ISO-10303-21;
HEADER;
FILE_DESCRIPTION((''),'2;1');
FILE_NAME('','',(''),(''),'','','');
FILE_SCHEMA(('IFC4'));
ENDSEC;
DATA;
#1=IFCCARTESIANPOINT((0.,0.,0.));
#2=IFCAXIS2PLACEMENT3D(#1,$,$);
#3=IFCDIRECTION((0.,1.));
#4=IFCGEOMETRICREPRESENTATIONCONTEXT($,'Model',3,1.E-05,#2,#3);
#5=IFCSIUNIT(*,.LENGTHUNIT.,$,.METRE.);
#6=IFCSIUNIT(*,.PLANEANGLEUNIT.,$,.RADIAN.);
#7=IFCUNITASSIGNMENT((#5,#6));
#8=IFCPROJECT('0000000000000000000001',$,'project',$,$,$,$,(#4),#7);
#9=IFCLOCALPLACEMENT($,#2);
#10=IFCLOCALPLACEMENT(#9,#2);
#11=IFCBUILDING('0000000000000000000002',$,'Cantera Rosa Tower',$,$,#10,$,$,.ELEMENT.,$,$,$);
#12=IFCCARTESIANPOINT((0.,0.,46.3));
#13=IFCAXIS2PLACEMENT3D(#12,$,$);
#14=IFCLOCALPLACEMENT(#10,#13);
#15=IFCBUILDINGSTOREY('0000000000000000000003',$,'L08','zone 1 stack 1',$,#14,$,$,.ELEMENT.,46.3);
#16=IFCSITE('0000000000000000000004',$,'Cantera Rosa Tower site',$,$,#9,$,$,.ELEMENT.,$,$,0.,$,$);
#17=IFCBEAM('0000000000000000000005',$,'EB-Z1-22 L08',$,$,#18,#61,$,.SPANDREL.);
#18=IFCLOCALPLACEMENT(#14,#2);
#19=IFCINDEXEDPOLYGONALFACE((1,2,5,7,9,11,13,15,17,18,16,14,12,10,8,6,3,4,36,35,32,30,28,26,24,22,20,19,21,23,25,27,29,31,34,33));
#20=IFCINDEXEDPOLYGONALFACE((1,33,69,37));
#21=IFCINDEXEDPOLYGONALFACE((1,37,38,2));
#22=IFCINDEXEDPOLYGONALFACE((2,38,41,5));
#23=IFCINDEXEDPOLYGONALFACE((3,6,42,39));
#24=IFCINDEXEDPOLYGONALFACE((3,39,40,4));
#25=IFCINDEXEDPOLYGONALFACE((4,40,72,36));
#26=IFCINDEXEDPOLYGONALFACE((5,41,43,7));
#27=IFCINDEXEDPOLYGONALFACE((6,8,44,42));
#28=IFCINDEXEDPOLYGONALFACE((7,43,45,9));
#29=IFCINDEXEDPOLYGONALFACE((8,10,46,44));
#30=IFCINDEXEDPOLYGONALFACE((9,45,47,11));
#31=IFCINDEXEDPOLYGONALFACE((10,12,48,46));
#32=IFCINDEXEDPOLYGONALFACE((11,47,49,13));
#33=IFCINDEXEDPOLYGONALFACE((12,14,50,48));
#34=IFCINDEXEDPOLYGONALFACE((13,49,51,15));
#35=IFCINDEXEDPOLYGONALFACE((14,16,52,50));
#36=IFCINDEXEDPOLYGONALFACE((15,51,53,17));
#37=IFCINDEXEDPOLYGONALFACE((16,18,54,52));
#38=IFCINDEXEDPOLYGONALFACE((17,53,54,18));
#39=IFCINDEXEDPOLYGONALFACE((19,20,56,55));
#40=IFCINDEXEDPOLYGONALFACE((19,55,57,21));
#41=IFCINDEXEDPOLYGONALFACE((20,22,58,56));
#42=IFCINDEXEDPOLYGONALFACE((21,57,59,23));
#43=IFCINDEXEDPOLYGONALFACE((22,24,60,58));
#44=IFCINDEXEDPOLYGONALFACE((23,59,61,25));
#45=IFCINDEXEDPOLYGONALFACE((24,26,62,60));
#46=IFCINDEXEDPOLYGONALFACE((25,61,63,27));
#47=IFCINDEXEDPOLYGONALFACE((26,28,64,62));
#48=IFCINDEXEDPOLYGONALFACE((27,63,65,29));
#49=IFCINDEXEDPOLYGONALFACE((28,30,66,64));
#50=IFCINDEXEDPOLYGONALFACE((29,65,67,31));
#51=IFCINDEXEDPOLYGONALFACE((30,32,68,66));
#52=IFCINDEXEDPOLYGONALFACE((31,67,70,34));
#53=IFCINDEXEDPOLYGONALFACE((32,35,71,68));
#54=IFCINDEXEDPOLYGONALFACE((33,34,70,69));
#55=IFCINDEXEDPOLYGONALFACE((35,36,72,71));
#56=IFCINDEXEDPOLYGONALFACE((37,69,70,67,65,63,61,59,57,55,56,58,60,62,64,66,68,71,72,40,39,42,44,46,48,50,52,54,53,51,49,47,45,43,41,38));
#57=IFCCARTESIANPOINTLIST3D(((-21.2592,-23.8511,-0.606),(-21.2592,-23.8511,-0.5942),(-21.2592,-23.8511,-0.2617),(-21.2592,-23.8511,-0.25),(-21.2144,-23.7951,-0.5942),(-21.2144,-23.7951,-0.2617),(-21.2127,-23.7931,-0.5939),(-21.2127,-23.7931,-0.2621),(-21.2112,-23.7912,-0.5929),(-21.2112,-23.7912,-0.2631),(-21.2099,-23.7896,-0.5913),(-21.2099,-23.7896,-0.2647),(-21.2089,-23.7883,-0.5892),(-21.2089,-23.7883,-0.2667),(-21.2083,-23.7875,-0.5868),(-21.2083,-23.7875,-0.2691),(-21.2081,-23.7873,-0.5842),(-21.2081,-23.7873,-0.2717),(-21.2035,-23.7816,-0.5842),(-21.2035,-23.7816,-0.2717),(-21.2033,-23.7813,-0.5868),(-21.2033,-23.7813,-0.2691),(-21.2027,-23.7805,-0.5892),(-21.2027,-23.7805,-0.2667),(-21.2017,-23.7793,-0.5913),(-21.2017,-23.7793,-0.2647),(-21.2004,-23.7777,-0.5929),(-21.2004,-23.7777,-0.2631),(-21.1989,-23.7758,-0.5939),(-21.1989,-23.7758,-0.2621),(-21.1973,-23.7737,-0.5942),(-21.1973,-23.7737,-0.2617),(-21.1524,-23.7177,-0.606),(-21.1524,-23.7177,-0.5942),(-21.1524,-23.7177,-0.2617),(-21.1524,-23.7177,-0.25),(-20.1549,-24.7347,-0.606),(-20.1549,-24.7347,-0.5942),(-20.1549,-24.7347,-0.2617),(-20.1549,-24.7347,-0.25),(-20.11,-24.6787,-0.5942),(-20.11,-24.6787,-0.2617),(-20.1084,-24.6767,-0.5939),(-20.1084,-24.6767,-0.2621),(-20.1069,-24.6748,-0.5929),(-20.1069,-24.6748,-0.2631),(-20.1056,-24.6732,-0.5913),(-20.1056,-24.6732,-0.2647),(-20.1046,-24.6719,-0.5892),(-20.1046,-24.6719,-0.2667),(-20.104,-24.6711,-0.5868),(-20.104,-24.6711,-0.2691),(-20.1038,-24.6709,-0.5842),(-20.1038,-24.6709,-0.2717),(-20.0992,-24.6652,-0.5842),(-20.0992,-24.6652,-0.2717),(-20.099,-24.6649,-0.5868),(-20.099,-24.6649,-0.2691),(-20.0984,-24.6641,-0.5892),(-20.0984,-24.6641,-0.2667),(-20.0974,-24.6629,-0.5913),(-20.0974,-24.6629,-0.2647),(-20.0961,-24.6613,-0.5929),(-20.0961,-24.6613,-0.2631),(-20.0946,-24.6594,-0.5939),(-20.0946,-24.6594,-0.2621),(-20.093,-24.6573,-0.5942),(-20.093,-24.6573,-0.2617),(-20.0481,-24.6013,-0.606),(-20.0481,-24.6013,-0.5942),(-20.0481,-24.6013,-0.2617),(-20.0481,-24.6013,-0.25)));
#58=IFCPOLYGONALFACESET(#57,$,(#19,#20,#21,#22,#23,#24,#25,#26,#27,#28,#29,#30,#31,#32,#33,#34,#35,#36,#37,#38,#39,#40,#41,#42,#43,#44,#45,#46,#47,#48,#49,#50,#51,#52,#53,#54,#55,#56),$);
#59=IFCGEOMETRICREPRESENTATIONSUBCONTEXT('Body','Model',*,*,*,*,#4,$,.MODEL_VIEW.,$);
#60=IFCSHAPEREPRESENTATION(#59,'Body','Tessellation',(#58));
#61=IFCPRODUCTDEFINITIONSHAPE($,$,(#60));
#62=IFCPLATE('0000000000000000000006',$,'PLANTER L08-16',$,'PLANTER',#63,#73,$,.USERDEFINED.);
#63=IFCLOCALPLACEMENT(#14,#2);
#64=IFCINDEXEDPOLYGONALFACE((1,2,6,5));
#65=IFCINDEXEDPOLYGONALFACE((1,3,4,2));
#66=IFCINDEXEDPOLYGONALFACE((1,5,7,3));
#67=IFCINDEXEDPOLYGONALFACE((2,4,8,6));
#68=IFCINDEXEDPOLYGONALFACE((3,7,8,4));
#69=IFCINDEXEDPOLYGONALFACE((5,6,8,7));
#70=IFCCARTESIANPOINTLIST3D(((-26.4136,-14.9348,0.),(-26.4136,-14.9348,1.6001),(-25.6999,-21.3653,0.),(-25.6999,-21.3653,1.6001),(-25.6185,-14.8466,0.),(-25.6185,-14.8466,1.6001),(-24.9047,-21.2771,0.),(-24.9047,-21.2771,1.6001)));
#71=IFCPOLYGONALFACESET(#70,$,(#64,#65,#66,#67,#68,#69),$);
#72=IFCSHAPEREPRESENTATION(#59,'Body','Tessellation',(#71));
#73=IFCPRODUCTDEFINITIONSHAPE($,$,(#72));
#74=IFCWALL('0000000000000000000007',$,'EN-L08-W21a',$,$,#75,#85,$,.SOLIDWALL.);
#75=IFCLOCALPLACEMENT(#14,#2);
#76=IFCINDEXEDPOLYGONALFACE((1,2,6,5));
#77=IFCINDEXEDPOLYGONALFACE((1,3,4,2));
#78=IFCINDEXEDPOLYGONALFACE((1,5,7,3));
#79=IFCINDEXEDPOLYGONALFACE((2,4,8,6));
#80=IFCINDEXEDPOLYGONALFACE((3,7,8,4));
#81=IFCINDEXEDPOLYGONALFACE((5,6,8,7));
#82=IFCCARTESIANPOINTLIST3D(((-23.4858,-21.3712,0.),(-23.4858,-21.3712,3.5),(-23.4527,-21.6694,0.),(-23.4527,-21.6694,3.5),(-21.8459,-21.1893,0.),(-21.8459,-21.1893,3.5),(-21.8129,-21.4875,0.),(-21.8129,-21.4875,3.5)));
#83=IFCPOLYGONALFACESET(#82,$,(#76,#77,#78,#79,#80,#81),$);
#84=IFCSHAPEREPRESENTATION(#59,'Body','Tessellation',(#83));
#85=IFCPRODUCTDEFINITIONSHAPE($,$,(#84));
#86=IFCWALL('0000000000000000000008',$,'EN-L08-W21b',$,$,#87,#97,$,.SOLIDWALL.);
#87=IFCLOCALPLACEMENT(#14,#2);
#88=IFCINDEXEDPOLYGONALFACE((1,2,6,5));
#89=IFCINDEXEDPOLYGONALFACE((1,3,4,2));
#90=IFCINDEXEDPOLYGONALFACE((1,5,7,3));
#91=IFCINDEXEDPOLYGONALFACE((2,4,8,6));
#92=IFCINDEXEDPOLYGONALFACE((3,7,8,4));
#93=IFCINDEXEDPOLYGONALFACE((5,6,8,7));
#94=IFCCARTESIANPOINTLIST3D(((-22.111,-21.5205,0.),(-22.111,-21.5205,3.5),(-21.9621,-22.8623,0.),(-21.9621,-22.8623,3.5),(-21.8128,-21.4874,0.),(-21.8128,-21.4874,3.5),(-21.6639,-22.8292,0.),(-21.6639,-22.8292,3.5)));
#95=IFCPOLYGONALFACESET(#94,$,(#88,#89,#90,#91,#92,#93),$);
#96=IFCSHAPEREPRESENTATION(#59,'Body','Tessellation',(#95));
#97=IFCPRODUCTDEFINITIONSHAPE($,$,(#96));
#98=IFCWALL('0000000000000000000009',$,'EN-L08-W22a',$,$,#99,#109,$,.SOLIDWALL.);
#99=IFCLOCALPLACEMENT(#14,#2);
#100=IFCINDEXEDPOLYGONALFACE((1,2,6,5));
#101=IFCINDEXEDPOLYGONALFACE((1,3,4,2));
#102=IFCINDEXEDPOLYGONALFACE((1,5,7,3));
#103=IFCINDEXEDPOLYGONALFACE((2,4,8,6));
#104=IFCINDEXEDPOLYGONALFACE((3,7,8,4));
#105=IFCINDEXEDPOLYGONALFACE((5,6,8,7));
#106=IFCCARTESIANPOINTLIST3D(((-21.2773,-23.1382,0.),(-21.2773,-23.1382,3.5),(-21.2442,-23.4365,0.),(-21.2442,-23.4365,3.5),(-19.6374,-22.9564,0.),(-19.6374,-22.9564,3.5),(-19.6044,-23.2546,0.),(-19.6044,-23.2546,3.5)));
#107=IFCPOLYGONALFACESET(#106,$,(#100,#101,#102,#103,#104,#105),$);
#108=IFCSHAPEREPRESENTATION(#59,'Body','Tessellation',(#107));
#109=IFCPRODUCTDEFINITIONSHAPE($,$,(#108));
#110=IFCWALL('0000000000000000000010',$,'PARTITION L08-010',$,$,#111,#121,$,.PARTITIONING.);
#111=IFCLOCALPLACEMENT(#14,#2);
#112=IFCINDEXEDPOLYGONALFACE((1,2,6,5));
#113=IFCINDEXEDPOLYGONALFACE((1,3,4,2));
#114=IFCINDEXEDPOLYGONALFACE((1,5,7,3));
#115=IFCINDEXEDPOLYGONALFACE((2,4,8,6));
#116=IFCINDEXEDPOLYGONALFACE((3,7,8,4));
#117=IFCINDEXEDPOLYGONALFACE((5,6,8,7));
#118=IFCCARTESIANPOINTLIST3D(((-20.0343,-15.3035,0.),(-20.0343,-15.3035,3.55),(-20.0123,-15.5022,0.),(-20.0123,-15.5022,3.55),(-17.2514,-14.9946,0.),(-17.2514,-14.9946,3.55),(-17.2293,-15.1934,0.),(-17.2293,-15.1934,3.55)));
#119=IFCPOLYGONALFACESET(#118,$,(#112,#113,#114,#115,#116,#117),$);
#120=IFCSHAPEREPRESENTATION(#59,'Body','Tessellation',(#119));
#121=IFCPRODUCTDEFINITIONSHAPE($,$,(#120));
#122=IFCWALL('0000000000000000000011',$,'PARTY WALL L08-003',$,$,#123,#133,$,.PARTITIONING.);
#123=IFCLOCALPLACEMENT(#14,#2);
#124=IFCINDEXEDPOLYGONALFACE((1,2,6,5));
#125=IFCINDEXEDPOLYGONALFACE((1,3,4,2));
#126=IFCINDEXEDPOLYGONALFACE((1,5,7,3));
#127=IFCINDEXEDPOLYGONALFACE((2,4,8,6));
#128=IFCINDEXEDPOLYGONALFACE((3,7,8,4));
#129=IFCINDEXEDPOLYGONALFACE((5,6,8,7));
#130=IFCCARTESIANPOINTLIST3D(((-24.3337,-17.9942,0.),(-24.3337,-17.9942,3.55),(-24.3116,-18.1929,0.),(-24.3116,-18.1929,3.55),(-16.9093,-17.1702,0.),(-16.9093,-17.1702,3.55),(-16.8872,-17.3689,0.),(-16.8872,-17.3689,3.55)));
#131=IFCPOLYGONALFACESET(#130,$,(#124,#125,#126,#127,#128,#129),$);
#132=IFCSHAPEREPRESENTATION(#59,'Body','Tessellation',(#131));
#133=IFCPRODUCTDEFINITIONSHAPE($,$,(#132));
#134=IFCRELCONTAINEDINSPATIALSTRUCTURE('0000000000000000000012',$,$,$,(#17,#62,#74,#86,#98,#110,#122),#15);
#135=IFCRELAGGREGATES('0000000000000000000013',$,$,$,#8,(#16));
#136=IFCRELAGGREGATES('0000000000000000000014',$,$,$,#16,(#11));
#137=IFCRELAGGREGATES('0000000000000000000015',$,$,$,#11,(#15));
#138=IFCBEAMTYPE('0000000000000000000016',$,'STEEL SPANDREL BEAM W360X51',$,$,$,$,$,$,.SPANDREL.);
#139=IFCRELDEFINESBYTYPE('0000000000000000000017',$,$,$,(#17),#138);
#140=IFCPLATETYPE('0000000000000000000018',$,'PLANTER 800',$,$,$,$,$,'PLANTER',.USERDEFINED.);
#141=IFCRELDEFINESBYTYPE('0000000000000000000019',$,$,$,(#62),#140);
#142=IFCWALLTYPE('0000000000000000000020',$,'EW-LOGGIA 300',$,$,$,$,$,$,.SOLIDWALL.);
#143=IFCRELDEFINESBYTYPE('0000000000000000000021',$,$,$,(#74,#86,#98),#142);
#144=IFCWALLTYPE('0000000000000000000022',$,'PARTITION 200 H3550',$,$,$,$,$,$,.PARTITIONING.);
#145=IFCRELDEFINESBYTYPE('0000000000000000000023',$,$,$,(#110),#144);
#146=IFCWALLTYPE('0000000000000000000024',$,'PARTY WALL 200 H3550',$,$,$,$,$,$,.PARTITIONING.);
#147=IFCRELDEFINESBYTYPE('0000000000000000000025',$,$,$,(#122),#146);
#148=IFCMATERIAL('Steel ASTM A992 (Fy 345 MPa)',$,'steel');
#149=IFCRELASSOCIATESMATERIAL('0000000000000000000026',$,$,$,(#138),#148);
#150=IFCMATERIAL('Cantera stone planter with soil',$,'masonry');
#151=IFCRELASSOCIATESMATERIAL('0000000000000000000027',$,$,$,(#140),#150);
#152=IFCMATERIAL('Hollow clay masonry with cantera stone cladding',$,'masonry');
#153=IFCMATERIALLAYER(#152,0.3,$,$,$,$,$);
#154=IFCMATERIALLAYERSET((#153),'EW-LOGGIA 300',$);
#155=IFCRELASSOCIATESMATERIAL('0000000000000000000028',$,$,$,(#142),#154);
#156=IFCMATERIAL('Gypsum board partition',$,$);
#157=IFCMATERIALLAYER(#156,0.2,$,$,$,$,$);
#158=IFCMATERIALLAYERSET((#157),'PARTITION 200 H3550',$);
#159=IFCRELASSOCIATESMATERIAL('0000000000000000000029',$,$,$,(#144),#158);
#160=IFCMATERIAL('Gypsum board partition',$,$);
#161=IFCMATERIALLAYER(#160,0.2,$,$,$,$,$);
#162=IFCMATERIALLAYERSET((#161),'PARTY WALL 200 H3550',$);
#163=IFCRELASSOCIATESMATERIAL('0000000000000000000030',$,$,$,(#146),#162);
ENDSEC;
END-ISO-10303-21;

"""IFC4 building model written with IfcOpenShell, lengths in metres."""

from ifc_helpers import new_model, si_unit, direction, frame, frame_2d, origin, origin_2d, place, context, subcontext, project, spatial, rectangle, i_section, extrude, material, layer, layer_set, material_profile, profile_set, type_object, element, save


model = new_model("IFC4")

# Units and contexts
model_context = context("Model", 3, precision=1e-05, world=origin(), true_north=direction((0.0, 1.0)))
body_context = subcontext(model_context, "Body", "Model", "MODEL_VIEW")
ifc_project = project(units=[si_unit("LENGTHUNIT", "METRE"), si_unit("PLANEANGLEUNIT", "RADIAN")], contexts=[model_context])

# Site, building, storey
site_placement = place(None, origin())
site = spatial("IfcSite", under=ifc_project, at=site_placement, Name="Cantera Rosa Tower site", CompositionType="ELEMENT", RefElevation=0.0)
building_placement = place(site_placement, origin())
building = spatial("IfcBuilding", under=site, at=building_placement, Name="Cantera Rosa Tower", CompositionType="ELEMENT")
storey_placement = place(building_placement, frame((0.0, 0.0, 46.3)))
storey = spatial("IfcBuildingStorey", under=building, at=storey_placement, Name="L08", Description="zone 1 stack 1", CompositionType="ELEMENT", Elevation=46.3)

# Beam
ifc_material_1 = material(Name="Steel ASTM A992 (Fy 345 MPa)", Category="steel")
ifc_material_profile_1 = material_profile(ifc_material_1, i_section(OverallWidth=0.1709, OverallDepth=0.356, WebThickness=0.0073, FlangeThickness=0.0117, FilletRadius=0.01, at=origin_2d()), Name="W360X51")
ifc_profile_set_1 = profile_set([ifc_material_profile_1], Name="Steel ASTM A992 (Fy 345 MPa)")
beam_type_1 = type_object("IfcBeamType", Name="STEEL SPANDREL BEAM W360X51", PredefinedType="SPANDREL", material=ifc_profile_set_1)
for number, where, z_axis, x_axis, name in (
    (1, (-21.2058, -23.7844, -0.428), (0.780818, -0.624758, 0.0), (0.624758, 0.780818, 0.0), "EB-Z1-22 L08"),
):
    element("IfcBeam", number, at=place(storey_placement, frame(where, z_axis=z_axis, x_axis=x_axis)), inside=storey, type_object=beam_type_1, Name=name, PredefinedType="SPANDREL", context=body_context, shape_type="SweptSolid", body=[
        extrude(i_section(OverallWidth=0.1709, OverallDepth=0.356, WebThickness=0.0073, FlangeThickness=0.0117, FilletRadius=0.01, at=origin_2d()), origin(), (0.0, 0.0, 1.0), 1.4143),
    ])

# Plate
ifc_material_2 = material(Name="Cantera stone planter with soil", Category="masonry")
plate_type = type_object("IfcPlateType", Name="PLANTER 800", ElementType="PLANTER", PredefinedType="USERDEFINED", material=ifc_material_2)
plate_placement = place(storey_placement, frame((-25.6592, -18.106, 0.0), z_axis=(0.0, 0.0, 1.0), x_axis=(0.110313, -0.993897, 0.0)))
element("IfcPlate", 2, at=plate_placement, inside=storey, type_object=plate_type, Name="PLANTER L08-16", ObjectType="PLANTER", PredefinedType="USERDEFINED", context=body_context, shape_type="SweptSolid", body=[
    extrude(rectangle(XDim=6.47, YDim=0.8, at=origin_2d()), origin(), (0.0, 0.0, 1.0), 1.6001),
])

# Walls
ifc_material_3 = material(Name="Hollow clay masonry with cantera stone cladding", Category="masonry")
ifc_layer_1 = layer(ifc_material_3, 0.3)
ifc_layer_set_1 = layer_set([ifc_layer_1], Name="EW-LOGGIA 300")
wall_type_1 = type_object("IfcWallType", Name="EW-LOGGIA 300", PredefinedType="SOLIDWALL", material=ifc_layer_set_1)
wall_1_placement = place(storey_placement, frame((-23.4692, -21.5203, 0.0), z_axis=(0.0, 0.0, 1.0), x_axis=(0.993905, 0.110237, 0.0)))
element("IfcWall", 3, at=wall_1_placement, inside=storey, type_object=wall_type_1, Name="EN-L08-W21a", PredefinedType="SOLIDWALL", context=body_context, shape_type="SweptSolid", body=[
    extrude(rectangle(XDim=1.6499, YDim=0.3, at=frame_2d((0.825, 0.0))), origin(), (0.0, 0.0, 1.0), 3.5),
])
wall_2_placement = place(storey_placement, frame((-21.9619, -21.5039, 0.0), z_axis=(0.0, 0.0, 1.0), x_axis=(0.110312, -0.993897, 0.0)))
element("IfcWall", 4, at=wall_2_placement, inside=storey, type_object=wall_type_1, Name="EN-L08-W21b", PredefinedType="SOLIDWALL", context=body_context, shape_type="SweptSolid", body=[
    extrude(rectangle(XDim=1.3501, YDim=0.3, at=frame_2d((0.675, 0.0))), origin(), (0.0, 0.0, 1.0), 3.5),
])
wall_3_placement = place(storey_placement, frame((-21.2607, -23.2874, 0.0), z_axis=(0.0, 0.0, 1.0), x_axis=(0.993905, 0.110237, 0.0)))
element("IfcWall", 5, at=wall_3_placement, inside=storey, type_object=wall_type_1, Name="EN-L08-W22a", PredefinedType="SOLIDWALL", context=body_context, shape_type="SweptSolid", body=[
    extrude(rectangle(XDim=1.6499, YDim=0.3, at=frame_2d((0.825, 0.0))), origin(), (0.0, 0.0, 1.0), 3.5),
])
ifc_material_4 = material(Name="Gypsum board partition")
ifc_layer_2 = layer(ifc_material_4, 0.2)
ifc_layer_set_2 = layer_set([ifc_layer_2], Name="PARTITION 200 H3550")
wall_type_2 = type_object("IfcWallType", Name="PARTITION 200 H3550", PredefinedType="PARTITIONING", material=ifc_layer_set_2)
wall_4_placement = place(storey_placement, frame((-20.0232, -15.4028, 0.0), z_axis=(0.0, 0.0, 1.0), x_axis=(0.993899, 0.110298, 0.0)))
element("IfcWall", 6, at=wall_4_placement, inside=storey, type_object=wall_type_2, Name="PARTITION L08-010", PredefinedType="PARTITIONING", context=body_context, shape_type="SweptSolid", body=[
    extrude(rectangle(XDim=2.8, YDim=0.2, at=frame_2d((1.3999, 0.0))), origin(), (0.0, 0.0, 1.0), 3.55),
])
ifc_material_5 = material(Name="Gypsum board partition")
ifc_layer_3 = layer(ifc_material_5, 0.2)
ifc_layer_set_3 = layer_set([ifc_layer_3], Name="PARTY WALL 200 H3550")
wall_type_3 = type_object("IfcWallType", Name="PARTY WALL 200 H3550", PredefinedType="PARTITIONING", material=ifc_layer_set_3)
wall_5_placement = place(storey_placement, frame((-24.3225, -18.0935, 0.0), z_axis=(0.0, 0.0, 1.0), x_axis=(0.993898, 0.110306, 0.0)))
element("IfcWall", 7, at=wall_5_placement, inside=storey, type_object=wall_type_3, Name="PARTY WALL L08-003", PredefinedType="PARTITIONING", context=body_context, shape_type="SweptSolid", body=[
    extrude(rectangle(XDim=7.47, YDim=0.2, at=frame_2d((3.7349, 0.0))), origin(), (0.0, 0.0, 1.0), 3.55),
])

save(model, "model.ifc")
